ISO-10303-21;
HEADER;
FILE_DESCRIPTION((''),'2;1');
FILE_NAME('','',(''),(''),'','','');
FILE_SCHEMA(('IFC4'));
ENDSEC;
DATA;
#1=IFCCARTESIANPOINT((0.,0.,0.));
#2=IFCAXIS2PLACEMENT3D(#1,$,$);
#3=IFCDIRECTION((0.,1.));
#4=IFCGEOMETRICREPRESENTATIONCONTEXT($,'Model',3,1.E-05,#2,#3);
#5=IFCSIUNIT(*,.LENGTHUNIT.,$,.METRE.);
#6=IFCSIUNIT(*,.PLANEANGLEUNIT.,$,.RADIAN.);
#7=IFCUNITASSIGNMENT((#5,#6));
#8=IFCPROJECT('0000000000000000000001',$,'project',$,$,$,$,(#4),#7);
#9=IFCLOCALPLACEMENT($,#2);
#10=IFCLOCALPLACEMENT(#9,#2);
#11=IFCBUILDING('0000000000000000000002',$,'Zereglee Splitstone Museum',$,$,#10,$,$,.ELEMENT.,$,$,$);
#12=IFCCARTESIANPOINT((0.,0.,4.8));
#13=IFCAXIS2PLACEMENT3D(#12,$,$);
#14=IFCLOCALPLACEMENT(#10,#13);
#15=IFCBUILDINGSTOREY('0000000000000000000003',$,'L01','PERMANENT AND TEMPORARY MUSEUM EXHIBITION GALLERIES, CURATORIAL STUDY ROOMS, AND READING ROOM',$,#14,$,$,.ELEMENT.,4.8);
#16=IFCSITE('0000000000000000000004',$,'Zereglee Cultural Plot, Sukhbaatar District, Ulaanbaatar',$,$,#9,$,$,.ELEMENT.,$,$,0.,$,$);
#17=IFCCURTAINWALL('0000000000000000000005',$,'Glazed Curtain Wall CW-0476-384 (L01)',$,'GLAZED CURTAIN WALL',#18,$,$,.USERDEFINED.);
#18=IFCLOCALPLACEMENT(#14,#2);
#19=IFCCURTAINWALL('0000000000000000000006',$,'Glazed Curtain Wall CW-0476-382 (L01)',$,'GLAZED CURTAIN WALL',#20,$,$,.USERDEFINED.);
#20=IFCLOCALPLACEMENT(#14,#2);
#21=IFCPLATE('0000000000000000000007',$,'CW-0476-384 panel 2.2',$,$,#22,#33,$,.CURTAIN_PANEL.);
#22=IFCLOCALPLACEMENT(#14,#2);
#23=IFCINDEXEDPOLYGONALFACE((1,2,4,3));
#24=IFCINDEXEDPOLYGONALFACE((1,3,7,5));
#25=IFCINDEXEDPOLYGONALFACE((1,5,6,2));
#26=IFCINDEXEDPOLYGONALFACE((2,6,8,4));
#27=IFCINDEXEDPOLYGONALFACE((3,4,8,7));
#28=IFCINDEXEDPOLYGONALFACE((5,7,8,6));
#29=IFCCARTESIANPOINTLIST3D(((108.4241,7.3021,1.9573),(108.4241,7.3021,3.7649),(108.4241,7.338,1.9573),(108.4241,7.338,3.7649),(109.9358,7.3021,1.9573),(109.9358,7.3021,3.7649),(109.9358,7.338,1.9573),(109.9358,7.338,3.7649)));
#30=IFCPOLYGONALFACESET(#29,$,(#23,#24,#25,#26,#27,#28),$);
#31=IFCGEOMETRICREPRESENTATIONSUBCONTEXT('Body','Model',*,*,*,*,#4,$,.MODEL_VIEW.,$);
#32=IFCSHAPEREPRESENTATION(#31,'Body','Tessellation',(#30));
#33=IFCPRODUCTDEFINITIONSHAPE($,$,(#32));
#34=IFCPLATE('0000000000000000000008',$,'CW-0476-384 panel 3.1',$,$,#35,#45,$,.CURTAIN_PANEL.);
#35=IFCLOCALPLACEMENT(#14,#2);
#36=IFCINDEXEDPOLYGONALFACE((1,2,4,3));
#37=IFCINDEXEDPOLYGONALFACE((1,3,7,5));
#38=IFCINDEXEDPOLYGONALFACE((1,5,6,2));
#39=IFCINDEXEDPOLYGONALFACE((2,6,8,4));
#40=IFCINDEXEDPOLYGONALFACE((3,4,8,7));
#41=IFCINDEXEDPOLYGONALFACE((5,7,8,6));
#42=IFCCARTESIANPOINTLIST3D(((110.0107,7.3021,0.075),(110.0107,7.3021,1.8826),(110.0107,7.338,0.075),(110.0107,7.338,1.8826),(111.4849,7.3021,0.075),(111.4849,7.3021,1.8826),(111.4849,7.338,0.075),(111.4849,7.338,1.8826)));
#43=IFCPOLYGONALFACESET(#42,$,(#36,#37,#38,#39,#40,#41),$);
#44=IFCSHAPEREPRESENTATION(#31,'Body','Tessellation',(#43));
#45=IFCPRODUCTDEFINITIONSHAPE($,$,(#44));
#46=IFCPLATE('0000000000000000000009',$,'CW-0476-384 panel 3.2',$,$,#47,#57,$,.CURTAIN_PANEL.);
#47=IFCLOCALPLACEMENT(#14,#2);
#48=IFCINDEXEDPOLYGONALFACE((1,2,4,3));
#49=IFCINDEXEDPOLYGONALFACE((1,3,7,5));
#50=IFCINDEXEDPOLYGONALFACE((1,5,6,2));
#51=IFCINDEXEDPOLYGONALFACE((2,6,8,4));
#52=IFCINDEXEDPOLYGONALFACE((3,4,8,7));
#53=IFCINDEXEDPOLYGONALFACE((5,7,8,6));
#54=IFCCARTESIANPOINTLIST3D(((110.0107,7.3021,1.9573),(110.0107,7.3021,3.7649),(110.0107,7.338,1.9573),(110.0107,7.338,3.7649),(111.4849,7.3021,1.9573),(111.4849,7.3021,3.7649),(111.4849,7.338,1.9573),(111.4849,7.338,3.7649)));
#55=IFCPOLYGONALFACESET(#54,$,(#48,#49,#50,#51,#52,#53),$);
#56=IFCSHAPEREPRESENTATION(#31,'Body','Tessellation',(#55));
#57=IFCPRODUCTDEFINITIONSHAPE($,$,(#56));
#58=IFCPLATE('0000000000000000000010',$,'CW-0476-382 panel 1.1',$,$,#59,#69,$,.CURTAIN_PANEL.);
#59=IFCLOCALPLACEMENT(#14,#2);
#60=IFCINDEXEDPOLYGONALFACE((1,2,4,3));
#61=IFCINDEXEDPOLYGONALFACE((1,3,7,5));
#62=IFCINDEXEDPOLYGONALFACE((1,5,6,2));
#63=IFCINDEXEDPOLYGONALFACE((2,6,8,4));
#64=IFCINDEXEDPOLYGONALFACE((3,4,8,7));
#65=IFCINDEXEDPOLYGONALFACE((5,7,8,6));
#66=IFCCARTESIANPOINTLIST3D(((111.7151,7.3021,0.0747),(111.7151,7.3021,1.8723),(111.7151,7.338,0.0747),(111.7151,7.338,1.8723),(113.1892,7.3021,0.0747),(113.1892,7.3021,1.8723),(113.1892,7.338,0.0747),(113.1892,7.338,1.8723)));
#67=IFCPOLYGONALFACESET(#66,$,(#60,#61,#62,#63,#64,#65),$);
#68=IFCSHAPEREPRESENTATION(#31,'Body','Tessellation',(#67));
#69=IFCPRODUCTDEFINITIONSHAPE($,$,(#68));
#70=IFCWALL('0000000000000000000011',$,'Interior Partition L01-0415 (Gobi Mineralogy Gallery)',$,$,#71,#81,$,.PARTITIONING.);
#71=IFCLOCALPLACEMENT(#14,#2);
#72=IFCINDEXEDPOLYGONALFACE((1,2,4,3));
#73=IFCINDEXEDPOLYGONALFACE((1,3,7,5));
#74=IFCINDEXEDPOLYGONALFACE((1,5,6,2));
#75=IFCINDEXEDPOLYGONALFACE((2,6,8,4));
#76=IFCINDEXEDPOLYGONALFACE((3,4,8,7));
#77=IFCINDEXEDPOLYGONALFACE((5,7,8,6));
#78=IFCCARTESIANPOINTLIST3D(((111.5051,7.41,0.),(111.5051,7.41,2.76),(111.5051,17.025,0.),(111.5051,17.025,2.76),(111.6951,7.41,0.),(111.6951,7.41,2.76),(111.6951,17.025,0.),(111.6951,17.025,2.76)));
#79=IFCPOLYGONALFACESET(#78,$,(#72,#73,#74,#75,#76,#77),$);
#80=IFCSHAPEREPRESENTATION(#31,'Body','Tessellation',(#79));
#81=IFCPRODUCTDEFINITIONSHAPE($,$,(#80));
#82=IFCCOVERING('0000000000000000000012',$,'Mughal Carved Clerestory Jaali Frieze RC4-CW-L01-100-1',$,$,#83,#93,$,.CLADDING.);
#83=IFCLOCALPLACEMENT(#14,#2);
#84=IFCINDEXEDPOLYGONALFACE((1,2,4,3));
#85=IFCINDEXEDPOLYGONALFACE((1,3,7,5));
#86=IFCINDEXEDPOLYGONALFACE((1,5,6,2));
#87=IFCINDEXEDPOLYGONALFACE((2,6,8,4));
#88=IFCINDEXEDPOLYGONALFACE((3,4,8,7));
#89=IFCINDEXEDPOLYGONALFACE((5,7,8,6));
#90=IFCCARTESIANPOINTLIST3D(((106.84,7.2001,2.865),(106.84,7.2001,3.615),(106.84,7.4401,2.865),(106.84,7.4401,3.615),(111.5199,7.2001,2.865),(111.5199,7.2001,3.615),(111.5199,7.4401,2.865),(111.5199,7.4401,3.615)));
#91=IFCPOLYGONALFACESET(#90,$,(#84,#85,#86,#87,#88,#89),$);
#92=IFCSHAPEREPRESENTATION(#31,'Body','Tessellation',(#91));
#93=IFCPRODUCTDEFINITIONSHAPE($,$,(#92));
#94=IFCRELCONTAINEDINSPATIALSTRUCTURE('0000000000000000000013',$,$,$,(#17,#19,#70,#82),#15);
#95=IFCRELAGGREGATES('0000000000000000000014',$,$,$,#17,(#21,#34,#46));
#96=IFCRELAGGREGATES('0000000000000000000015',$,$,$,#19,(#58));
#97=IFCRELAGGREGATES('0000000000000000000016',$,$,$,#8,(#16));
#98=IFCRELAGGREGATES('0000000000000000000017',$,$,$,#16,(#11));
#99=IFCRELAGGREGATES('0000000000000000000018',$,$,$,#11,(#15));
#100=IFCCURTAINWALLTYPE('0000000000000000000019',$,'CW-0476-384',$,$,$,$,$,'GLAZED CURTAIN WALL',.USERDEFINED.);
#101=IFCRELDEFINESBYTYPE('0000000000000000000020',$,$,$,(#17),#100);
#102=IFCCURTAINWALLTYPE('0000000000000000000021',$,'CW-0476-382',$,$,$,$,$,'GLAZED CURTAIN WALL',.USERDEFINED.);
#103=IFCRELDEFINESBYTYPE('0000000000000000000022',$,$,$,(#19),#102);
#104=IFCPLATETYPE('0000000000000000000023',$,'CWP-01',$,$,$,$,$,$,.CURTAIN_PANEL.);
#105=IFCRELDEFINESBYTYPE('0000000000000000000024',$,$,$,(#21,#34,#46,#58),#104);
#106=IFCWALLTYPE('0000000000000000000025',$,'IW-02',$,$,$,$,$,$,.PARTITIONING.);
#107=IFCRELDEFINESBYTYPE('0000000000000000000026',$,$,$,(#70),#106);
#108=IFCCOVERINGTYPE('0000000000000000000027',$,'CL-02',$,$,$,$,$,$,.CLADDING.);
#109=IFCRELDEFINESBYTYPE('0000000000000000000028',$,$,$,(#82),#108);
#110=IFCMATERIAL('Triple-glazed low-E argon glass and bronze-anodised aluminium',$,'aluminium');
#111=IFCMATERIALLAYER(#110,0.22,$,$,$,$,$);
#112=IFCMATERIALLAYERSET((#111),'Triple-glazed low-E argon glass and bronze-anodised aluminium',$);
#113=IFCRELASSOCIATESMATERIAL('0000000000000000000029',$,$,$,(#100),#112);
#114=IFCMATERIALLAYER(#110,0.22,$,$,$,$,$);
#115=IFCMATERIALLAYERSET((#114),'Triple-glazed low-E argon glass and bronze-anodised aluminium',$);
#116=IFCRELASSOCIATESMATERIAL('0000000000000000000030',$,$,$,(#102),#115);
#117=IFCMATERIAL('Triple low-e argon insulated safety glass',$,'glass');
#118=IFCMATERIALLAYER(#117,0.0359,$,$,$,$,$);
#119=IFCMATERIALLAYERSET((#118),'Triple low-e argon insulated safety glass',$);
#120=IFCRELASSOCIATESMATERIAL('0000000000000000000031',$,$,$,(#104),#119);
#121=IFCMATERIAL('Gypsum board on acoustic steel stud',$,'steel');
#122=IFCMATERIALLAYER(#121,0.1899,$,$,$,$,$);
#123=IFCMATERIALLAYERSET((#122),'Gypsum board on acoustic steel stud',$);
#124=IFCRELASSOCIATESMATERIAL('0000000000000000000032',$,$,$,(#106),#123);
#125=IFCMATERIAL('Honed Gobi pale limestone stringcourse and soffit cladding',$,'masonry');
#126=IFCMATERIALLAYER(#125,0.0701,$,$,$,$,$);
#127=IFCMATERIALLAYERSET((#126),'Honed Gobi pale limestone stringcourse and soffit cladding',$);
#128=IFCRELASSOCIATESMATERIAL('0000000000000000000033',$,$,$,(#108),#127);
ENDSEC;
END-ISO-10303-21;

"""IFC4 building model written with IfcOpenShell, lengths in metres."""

from ifc_helpers import new_model, si_unit, direction, frame, frame_2d, origin, origin_2d, place, context, subcontext, project, spatial, rectangle, extrude, material, layer, layer_set, type_object, element, aggregate, save


model = new_model("IFC4")

# Units and contexts
model_context = context("Model", 3, precision=1e-05, world=origin(), true_north=direction((0.0, 1.0)))
body_context = subcontext(model_context, "Body", "Model", "MODEL_VIEW")
ifc_project = project(units=[si_unit("LENGTHUNIT", "METRE"), si_unit("PLANEANGLEUNIT", "RADIAN")], contexts=[model_context])

# Site, building, storey
site_placement = place(None, origin())
site = spatial("IfcSite", under=ifc_project, at=site_placement, Name="Zereglee Cultural Plot, Sukhbaatar District, Ulaanbaatar", CompositionType="ELEMENT", RefElevation=0.0)
building_placement = place(site_placement, origin())
building = spatial("IfcBuilding", under=site, at=building_placement, Name="Zereglee Splitstone Museum", CompositionType="ELEMENT")
storey_placement = place(building_placement, frame((0.0, 0.0, 4.8)))
storey = spatial("IfcBuildingStorey", under=building, at=storey_placement, Name="L01", Description="PERMANENT AND TEMPORARY MUSEUM EXHIBITION GALLERIES, CURATORIAL STUDY ROOMS, AND READING ROOM", CompositionType="ELEMENT", Elevation=4.8)

# Curtain wall
ifc_material_1 = material(Name="Triple-glazed low-E argon glass and bronze-anodised aluminium", Category="aluminium")
ifc_layer_1 = layer(ifc_material_1, 0.22)
ifc_layer_set_1 = layer_set([ifc_layer_1], Name="Triple-glazed low-E argon glass and bronze-anodised aluminium")
curtain_wall_type_1 = type_object("IfcCurtainWallType", Name="CW-0476-384", ElementType="GLAZED CURTAIN WALL", PredefinedType="USERDEFINED", material=ifc_layer_set_1)
curtain_wall_1_placement = place(storey_placement, origin())
curtain_wall_1 = element("IfcCurtainWall", 1, at=curtain_wall_1_placement, inside=storey, type_object=curtain_wall_type_1, Name="Glazed Curtain Wall CW-0476-384 (L01)", ObjectType="GLAZED CURTAIN WALL", PredefinedType="USERDEFINED")

# Curtain wall
ifc_layer_2 = layer(ifc_material_1, 0.22)
ifc_layer_set_2 = layer_set([ifc_layer_2], Name="Triple-glazed low-E argon glass and bronze-anodised aluminium")
curtain_wall_type_2 = type_object("IfcCurtainWallType", Name="CW-0476-382", ElementType="GLAZED CURTAIN WALL", PredefinedType="USERDEFINED", material=ifc_layer_set_2)
curtain_wall_2_placement = place(storey_placement, origin())
curtain_wall_2 = element("IfcCurtainWall", 2, at=curtain_wall_2_placement, inside=storey, type_object=curtain_wall_type_2, Name="Glazed Curtain Wall CW-0476-382 (L01)", ObjectType="GLAZED CURTAIN WALL", PredefinedType="USERDEFINED")

# Plates
ifc_material_2 = material(Name="Triple low-e argon insulated safety glass", Category="glass")
ifc_layer_3 = layer(ifc_material_2, 0.0359)
ifc_layer_set_3 = layer_set([ifc_layer_3], Name="Triple low-e argon insulated safety glass")
plate_type = type_object("IfcPlateType", Name="CWP-01", PredefinedType="CURTAIN_PANEL", material=ifc_layer_set_3)
plate_1_placement = place(storey_placement, frame((109.1799, 7.3201, 1.9573), z_axis=(0.0, 0.0, 1.0), x_axis=(1.0, 0.0, 0.0)))
plate_1 = element("IfcPlate", 3, at=plate_1_placement, type_object=plate_type, Name="CW-0476-384 panel 2.2", PredefinedType="CURTAIN_PANEL", context=body_context, shape_type="SweptSolid", body=[
    extrude(rectangle(XDim=1.5117, YDim=0.0359, at=origin_2d()), origin(), (0.0, 0.0, 1.0), 1.8076),
])
plate_2_placement = place(storey_placement, frame((110.7478, 7.3201, 0.075), z_axis=(0.0, 0.0, 1.0), x_axis=(1.0, 0.0, 0.0)))
plate_2 = element("IfcPlate", 4, at=plate_2_placement, type_object=plate_type, Name="CW-0476-384 panel 3.1", PredefinedType="CURTAIN_PANEL", context=body_context, shape_type="SweptSolid", body=[
    extrude(rectangle(XDim=1.4741, YDim=0.0359, at=origin_2d()), origin(), (0.0, 0.0, 1.0), 1.8076),
])
plate_3_placement = place(storey_placement, frame((110.7478, 7.3201, 1.9573), z_axis=(0.0, 0.0, 1.0), x_axis=(1.0, 0.0, 0.0)))
plate_3 = element("IfcPlate", 5, at=plate_3_placement, type_object=plate_type, Name="CW-0476-384 panel 3.2", PredefinedType="CURTAIN_PANEL", context=body_context, shape_type="SweptSolid", body=[
    extrude(rectangle(XDim=1.4741, YDim=0.0359, at=origin_2d()), origin(), (0.0, 0.0, 1.0), 1.8076),
])
aggregate(curtain_wall_1, [plate_1, plate_2, plate_3])
plate_4_placement = place(storey_placement, frame((112.4521, 7.3201, 0.0747), z_axis=(0.0, 0.0, 1.0), x_axis=(1.0, 0.0, 0.0)))
plate_4 = element("IfcPlate", 6, at=plate_4_placement, type_object=plate_type, Name="CW-0476-382 panel 1.1", PredefinedType="CURTAIN_PANEL", context=body_context, shape_type="SweptSolid", body=[
    extrude(rectangle(XDim=1.4741, YDim=0.0359, at=origin_2d()), origin(), (0.0, 0.0, 1.0), 1.7976),
])
aggregate(curtain_wall_2, [plate_4])

# Wall
ifc_material_3 = material(Name="Gypsum board on acoustic steel stud", Category="steel")
ifc_layer_4 = layer(ifc_material_3, 0.1899)
ifc_layer_set_4 = layer_set([ifc_layer_4], Name="Gypsum board on acoustic steel stud")
wall_type = type_object("IfcWallType", Name="IW-02", PredefinedType="PARTITIONING", material=ifc_layer_set_4)
wall_placement = place(storey_placement, frame((111.6001, 7.4099, 0.0), z_axis=(0.0, 0.0, 1.0), x_axis=(0.0, 1.0, 0.0)))
element("IfcWall", 7, at=wall_placement, inside=storey, type_object=wall_type, Name="Interior Partition L01-0415 (Gobi Mineralogy Gallery)", PredefinedType="PARTITIONING", context=body_context, shape_type="SweptSolid", body=[
    extrude(rectangle(XDim=9.615, YDim=0.1899, at=frame_2d((4.8076, 0.0))), origin(), (0.0, 0.0, 1.0), 2.76),
])

# Covering
ifc_material_4 = material(Name="Honed Gobi pale limestone stringcourse and soffit cladding", Category="masonry")
ifc_layer_5 = layer(ifc_material_4, 0.0701)
ifc_layer_set_5 = layer_set([ifc_layer_5], Name="Honed Gobi pale limestone stringcourse and soffit cladding")
covering_type = type_object("IfcCoveringType", Name="CL-02", PredefinedType="CLADDING", material=ifc_layer_set_5)
covering_placement = place(storey_placement, frame((109.1799, 7.3201, 2.865), z_axis=(0.0, 0.0, 1.0), x_axis=(1.0, 0.0, 0.0)))
element("IfcCovering", 8, at=covering_placement, inside=storey, type_object=covering_type, Name="Mughal Carved Clerestory Jaali Frieze RC4-CW-L01-100-1", PredefinedType="CLADDING", context=body_context, shape_type="SweptSolid", body=[
    extrude(rectangle(XDim=4.6799, YDim=0.24, at=origin_2d()), origin(), (0.0, 0.0, 1.0), 0.75),
])

save(model, "model.ifc")
